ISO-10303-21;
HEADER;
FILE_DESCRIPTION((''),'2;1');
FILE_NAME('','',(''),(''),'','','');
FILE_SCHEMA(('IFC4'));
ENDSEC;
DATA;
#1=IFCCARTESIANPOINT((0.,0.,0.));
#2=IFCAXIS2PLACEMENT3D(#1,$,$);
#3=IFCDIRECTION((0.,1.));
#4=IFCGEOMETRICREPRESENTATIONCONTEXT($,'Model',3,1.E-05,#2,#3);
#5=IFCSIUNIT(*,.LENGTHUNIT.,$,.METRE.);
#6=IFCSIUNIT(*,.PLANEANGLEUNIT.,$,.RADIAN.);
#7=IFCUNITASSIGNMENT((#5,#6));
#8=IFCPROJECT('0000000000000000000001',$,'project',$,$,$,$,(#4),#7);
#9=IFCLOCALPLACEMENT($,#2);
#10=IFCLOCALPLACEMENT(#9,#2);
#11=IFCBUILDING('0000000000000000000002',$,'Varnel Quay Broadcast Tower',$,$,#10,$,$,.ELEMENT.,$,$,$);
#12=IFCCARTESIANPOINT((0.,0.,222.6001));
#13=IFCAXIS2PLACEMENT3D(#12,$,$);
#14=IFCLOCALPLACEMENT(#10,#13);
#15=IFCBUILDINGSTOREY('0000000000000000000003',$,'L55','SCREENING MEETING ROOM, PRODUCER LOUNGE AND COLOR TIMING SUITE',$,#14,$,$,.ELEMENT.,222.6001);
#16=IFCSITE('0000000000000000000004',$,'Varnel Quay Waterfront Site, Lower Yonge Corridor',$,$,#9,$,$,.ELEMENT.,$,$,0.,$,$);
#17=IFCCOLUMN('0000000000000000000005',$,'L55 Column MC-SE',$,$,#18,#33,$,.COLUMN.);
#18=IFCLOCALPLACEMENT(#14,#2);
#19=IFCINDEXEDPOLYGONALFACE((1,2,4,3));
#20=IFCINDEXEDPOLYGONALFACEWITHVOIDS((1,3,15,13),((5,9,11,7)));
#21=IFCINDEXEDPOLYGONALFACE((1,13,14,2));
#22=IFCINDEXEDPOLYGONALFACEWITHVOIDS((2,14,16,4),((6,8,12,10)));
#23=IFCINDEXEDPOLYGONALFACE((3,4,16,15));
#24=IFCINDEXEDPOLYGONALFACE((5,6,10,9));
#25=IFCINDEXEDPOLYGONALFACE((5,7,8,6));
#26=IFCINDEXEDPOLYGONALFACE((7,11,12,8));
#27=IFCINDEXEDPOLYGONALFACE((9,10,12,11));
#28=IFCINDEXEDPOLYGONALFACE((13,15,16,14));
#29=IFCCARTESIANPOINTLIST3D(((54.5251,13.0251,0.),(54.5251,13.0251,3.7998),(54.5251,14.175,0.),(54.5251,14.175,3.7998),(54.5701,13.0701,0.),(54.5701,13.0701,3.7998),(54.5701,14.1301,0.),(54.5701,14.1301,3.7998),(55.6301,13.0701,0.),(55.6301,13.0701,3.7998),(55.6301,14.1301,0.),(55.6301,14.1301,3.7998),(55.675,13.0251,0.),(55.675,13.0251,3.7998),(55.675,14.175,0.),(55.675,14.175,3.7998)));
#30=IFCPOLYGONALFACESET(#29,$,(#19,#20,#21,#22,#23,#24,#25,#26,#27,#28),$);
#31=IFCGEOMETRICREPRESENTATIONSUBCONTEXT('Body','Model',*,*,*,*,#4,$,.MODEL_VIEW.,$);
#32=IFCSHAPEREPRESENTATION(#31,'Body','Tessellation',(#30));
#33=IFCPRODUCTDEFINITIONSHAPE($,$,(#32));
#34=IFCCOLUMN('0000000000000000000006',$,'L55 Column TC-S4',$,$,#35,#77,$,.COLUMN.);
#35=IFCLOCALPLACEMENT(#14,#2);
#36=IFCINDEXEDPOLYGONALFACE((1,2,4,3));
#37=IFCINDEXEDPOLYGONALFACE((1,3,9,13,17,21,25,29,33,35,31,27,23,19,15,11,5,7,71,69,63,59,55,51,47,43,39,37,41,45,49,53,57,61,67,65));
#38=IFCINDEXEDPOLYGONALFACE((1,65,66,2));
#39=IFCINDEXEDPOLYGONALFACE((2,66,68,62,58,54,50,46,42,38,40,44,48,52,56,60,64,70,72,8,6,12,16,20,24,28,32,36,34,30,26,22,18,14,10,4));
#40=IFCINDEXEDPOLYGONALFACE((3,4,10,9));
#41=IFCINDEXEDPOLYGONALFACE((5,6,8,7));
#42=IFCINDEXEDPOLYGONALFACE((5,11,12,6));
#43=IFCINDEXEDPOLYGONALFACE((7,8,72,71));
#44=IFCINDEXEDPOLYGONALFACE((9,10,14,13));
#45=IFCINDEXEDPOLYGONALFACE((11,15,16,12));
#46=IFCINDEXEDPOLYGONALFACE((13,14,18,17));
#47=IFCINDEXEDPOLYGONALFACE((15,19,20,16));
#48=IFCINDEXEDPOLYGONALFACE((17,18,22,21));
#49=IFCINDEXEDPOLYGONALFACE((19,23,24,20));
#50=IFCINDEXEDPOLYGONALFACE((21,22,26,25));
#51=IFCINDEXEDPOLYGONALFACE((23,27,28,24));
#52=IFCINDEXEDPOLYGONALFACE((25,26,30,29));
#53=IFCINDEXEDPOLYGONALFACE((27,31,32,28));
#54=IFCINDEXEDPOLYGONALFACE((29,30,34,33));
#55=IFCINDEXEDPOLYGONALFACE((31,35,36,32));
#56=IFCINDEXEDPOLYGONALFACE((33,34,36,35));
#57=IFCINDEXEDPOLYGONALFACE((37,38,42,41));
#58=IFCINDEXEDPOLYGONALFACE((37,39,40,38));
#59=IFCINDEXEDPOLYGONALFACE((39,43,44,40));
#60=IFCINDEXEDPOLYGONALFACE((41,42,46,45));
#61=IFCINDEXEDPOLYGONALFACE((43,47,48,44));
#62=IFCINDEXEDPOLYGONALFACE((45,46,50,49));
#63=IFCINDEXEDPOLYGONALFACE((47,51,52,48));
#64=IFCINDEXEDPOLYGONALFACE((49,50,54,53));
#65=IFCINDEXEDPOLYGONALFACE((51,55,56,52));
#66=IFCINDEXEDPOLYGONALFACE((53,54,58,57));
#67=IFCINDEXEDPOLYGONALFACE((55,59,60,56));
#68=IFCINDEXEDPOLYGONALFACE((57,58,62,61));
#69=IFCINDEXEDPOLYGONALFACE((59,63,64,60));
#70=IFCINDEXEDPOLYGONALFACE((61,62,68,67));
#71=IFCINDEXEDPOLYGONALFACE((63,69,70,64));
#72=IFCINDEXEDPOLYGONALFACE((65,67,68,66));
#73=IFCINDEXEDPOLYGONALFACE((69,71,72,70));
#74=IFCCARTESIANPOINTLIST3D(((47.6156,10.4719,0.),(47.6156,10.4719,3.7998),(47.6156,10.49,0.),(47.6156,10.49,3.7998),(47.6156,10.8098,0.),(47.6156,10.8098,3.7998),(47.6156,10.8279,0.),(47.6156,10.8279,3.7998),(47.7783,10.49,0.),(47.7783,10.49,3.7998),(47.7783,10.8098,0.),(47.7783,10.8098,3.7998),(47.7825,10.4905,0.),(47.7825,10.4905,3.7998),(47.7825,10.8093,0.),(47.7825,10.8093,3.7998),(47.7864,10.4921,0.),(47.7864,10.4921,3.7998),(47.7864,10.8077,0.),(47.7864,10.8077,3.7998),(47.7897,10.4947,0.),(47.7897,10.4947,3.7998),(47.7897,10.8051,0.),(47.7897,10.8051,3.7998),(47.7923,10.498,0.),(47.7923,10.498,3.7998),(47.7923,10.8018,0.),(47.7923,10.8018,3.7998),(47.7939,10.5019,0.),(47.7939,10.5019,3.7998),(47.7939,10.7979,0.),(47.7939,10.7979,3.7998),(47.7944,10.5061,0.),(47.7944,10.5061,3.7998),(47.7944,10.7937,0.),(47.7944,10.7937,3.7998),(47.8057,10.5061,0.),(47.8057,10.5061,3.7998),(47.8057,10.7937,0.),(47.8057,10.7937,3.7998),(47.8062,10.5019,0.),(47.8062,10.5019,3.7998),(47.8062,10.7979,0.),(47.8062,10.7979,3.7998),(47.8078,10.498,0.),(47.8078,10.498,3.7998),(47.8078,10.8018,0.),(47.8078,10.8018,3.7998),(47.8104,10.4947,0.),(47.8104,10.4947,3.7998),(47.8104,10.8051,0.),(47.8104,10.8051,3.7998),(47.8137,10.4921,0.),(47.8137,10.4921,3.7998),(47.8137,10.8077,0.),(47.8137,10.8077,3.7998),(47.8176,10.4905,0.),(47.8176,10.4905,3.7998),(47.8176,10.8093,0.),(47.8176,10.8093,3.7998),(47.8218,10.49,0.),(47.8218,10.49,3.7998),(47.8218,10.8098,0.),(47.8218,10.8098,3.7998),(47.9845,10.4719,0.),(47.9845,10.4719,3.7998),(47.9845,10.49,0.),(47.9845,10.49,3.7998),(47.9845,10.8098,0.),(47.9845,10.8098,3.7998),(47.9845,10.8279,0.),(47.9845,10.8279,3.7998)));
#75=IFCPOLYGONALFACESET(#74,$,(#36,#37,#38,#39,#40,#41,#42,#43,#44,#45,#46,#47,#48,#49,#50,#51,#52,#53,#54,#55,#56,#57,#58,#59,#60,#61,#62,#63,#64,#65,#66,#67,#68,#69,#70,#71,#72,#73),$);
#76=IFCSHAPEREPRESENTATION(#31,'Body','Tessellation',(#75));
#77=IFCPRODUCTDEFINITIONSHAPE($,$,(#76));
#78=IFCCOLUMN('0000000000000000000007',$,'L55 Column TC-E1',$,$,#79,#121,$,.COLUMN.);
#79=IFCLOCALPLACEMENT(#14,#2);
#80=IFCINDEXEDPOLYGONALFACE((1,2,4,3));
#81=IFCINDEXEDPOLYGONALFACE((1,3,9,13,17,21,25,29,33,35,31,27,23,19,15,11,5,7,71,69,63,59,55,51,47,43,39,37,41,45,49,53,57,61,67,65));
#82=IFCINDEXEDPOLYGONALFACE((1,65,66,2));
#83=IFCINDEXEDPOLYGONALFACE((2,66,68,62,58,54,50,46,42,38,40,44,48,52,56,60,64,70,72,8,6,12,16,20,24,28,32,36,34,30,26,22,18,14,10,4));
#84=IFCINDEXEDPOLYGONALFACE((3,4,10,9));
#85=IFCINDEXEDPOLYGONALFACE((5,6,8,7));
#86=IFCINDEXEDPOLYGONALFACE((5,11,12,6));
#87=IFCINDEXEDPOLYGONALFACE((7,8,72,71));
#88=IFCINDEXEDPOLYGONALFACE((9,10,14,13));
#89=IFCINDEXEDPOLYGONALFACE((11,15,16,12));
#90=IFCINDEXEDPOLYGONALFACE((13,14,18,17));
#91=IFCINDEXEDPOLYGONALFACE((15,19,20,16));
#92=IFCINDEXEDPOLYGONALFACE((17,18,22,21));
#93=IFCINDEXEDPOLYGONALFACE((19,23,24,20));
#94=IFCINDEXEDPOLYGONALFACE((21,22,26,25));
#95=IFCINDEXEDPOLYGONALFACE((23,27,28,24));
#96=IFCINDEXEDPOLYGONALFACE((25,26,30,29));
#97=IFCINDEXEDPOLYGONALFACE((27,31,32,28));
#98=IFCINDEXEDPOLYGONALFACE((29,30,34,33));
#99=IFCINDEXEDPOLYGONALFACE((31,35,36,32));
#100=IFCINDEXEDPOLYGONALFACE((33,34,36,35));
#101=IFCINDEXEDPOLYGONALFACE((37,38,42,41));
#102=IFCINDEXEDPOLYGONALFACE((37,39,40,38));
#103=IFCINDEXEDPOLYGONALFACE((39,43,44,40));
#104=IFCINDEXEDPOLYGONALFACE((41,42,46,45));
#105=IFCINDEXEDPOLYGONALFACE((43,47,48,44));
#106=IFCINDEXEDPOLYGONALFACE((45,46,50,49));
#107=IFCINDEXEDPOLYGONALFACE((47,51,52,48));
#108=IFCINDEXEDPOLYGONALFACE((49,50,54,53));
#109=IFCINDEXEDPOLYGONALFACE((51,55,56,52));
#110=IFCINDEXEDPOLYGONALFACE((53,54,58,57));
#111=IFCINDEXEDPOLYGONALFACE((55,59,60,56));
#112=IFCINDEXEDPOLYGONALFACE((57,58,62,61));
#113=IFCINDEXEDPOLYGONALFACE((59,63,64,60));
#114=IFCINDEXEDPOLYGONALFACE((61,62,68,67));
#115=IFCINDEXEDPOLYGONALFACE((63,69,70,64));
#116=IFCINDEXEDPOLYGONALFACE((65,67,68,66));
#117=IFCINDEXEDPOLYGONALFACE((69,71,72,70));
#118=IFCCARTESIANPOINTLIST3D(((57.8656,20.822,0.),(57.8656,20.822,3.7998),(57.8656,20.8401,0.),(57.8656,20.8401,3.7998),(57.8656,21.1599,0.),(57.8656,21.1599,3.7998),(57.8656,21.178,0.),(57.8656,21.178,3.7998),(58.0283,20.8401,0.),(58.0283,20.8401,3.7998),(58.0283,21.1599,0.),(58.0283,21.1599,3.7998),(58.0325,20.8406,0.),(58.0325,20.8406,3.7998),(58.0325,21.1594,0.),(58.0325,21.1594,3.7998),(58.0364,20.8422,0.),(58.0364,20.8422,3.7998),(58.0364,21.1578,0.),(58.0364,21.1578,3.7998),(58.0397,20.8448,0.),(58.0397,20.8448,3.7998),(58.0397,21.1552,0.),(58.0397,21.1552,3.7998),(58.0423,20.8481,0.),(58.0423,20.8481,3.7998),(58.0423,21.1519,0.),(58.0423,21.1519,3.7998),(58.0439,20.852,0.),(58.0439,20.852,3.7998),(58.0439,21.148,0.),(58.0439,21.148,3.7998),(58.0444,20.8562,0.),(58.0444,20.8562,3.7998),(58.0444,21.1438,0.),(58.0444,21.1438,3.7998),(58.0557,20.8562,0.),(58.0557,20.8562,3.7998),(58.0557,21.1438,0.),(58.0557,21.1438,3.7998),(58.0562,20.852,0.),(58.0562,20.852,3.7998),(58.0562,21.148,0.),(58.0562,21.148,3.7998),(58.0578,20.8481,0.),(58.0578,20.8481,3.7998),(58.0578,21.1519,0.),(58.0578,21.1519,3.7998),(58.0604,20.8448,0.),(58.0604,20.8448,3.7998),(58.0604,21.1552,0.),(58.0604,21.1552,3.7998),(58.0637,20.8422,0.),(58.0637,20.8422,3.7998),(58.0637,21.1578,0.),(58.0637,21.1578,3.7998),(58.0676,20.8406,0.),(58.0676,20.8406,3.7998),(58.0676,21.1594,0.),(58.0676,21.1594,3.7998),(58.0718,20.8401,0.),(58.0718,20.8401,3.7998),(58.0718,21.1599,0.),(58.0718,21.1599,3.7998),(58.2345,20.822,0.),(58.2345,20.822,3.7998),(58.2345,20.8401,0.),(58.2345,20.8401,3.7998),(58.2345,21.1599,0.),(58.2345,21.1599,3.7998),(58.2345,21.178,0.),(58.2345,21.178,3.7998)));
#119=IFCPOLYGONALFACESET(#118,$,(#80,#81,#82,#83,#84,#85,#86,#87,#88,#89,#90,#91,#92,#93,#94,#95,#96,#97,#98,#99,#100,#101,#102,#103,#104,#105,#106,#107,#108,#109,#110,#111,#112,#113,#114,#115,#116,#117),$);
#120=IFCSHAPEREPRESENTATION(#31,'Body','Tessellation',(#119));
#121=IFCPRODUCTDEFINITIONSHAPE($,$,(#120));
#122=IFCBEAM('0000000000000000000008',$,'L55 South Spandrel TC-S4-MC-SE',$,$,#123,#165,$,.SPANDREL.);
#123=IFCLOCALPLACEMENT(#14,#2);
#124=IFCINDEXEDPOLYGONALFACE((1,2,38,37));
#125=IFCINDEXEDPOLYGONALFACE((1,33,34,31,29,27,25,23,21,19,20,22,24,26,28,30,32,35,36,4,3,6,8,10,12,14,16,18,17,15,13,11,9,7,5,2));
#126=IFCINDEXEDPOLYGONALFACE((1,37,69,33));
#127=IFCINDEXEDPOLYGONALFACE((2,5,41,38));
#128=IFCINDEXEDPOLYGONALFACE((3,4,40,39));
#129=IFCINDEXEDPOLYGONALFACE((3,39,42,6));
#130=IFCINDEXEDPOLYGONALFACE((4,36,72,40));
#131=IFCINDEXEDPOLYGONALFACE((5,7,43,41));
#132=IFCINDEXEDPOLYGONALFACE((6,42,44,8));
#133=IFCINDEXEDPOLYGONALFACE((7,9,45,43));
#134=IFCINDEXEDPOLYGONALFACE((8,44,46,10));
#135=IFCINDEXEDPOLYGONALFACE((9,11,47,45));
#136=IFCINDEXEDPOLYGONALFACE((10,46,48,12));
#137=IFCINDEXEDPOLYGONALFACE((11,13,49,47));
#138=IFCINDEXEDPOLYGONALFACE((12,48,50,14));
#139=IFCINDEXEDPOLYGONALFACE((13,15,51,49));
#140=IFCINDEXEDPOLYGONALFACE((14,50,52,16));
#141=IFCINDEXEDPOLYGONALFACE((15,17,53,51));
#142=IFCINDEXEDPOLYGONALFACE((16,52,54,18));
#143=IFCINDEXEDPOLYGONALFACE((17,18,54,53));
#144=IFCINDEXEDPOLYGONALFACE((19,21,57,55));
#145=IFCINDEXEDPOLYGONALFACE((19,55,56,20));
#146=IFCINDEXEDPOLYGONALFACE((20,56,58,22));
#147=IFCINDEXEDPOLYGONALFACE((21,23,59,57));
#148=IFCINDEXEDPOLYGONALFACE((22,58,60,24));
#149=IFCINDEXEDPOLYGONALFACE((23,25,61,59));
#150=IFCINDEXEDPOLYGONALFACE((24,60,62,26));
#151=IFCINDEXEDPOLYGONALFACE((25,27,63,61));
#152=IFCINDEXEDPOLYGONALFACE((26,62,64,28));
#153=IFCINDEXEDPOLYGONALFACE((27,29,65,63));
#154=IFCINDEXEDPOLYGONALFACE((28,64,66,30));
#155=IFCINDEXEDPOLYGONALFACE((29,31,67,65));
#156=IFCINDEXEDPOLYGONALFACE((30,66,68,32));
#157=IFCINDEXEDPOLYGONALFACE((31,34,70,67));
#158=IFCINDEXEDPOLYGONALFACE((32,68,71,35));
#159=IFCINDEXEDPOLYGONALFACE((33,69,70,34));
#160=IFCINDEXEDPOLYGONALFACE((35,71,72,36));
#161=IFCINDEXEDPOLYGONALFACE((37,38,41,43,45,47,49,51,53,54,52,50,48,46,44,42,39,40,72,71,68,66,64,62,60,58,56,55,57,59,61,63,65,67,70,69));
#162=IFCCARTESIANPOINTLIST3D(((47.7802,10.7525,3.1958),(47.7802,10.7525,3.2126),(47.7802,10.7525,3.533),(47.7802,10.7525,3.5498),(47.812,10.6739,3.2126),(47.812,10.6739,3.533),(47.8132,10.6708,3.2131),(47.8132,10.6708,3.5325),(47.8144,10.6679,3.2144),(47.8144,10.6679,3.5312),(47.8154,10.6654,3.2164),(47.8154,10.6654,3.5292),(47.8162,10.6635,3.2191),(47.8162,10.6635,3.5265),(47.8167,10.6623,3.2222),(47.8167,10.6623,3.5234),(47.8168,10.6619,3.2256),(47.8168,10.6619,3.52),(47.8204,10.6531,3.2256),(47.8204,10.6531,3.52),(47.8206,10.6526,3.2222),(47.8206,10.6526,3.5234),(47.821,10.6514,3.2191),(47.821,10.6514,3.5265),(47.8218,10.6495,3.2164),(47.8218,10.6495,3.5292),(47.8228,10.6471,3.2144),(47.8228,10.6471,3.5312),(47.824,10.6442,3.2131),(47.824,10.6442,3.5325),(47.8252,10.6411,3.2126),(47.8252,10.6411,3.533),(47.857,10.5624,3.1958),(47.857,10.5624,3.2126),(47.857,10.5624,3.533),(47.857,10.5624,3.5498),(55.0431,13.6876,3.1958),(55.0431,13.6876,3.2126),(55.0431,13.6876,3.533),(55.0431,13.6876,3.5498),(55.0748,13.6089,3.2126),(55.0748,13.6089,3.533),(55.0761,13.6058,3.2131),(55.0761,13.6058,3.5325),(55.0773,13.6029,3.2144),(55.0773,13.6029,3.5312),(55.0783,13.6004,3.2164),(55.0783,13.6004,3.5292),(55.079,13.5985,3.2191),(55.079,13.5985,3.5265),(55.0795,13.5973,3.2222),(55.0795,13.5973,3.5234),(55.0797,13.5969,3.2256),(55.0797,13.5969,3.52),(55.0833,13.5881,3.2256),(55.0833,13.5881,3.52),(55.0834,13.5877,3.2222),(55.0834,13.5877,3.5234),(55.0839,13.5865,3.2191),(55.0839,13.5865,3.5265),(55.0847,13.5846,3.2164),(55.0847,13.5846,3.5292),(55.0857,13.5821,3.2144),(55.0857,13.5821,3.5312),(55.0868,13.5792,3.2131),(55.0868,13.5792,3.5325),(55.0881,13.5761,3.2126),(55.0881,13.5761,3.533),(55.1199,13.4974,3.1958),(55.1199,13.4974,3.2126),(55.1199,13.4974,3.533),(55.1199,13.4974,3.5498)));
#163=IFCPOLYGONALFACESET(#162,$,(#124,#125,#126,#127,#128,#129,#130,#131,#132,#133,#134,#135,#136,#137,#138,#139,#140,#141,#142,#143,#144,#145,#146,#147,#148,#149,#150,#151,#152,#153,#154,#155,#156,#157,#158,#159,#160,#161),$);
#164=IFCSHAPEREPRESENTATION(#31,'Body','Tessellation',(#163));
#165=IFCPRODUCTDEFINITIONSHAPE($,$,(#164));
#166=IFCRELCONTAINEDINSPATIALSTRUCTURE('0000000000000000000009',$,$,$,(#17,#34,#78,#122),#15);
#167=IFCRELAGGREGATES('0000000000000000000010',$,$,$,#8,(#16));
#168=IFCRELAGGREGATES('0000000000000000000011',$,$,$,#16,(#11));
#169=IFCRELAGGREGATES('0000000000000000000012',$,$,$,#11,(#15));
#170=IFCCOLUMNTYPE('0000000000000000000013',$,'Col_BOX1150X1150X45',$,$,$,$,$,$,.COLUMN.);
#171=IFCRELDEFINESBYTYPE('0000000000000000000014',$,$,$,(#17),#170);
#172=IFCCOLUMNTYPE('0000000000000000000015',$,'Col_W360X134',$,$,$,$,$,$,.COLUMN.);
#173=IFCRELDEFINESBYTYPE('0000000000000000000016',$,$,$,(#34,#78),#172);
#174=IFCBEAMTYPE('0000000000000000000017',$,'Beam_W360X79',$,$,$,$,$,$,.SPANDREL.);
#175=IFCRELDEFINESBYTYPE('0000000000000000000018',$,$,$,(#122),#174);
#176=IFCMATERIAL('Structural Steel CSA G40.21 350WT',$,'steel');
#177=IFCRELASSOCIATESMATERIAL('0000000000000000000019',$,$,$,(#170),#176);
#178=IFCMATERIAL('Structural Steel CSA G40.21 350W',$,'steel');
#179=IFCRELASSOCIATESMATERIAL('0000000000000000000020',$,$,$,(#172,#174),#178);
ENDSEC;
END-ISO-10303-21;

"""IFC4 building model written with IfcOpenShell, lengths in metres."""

from ifc_helpers import new_model, si_unit, direction, frame, origin, origin_2d, place, context, subcontext, project, spatial, hollow_rectangle, i_section, extrude, source, transform, mapped, material, material_profile, profile_set, type_object, type_shapes, element, save


model = new_model("IFC4")

# Units and contexts
model_context = context("Model", 3, precision=1e-05, world=origin(), true_north=direction((0.0, 1.0)))
body_context = subcontext(model_context, "Body", "Model", "MODEL_VIEW")
ifc_project = project(units=[si_unit("LENGTHUNIT", "METRE"), si_unit("PLANEANGLEUNIT", "RADIAN")], contexts=[model_context])

# Site, building, storey
site_placement = place(None, origin())
site = spatial("IfcSite", under=ifc_project, at=site_placement, Name="Varnel Quay Waterfront Site, Lower Yonge Corridor", CompositionType="ELEMENT", RefElevation=0.0)
building_placement = place(site_placement, origin())
building = spatial("IfcBuilding", under=site, at=building_placement, Name="Varnel Quay Broadcast Tower", CompositionType="ELEMENT")
storey_placement = place(building_placement, frame((0.0, 0.0, 222.6001)))
storey = spatial("IfcBuildingStorey", under=building, at=storey_placement, Name="L55", Description="SCREENING MEETING ROOM, PRODUCER LOUNGE AND COLOR TIMING SUITE", CompositionType="ELEMENT", Elevation=222.6001)

# Columns
ifc_material_1 = material(Name="Structural Steel CSA G40.21 350WT", Category="steel")
ifc_material_profile_1 = material_profile(ifc_material_1, hollow_rectangle(XDim=1.1499, YDim=1.1499, WallThickness=0.0449, at=origin_2d()), Name="BOX1150X1150X45")
ifc_profile_set_1 = profile_set([ifc_material_profile_1], Name="Structural Steel CSA G40.21 350WT")
column_type_1 = type_object("IfcColumnType", Name="Col_BOX1150X1150X45", PredefinedType="COLUMN", material=ifc_profile_set_1)
shared_shape_1 = source(origin(), body_context, "Body", "SweptSolid", [
    extrude(hollow_rectangle(XDim=1.1499, YDim=1.1499, WallThickness=0.0449, at=origin_2d()), origin(), (0.0, 0.0, 1.0), 3.7998),
])
type_shapes(column_type_1, [shared_shape_1])
column_placement = place(storey_placement, frame((55.1001, 13.6001, 0.0), z_axis=(0.0, 0.0, 1.0), x_axis=(1.0, 0.0, 0.0)))
element("IfcColumn", 1, at=column_placement, inside=storey, type_object=column_type_1, Name="L55 Column MC-SE", PredefinedType="COLUMN", context=body_context, shape_type="MappedRepresentation", body=[
    mapped(shared_shape_1, transform((0.0, 0.0, 0.0), x_axis=(1.0, 0.0, 0.0), y_axis=(0.0, 1.0, 0.0), z_axis=(0.0, 0.0, 1.0), scale=1.0)),
])
ifc_material_2 = material(Name="Structural Steel CSA G40.21 350W", Category="steel")
ifc_material_profile_2 = material_profile(ifc_material_2, i_section(OverallWidth=0.3689, OverallDepth=0.356, WebThickness=0.0112, FlangeThickness=0.0181, FilletRadius=0.0161, at=origin_2d()), Name="W360X134")
ifc_profile_set_2 = profile_set([ifc_material_profile_2], Name="Structural Steel CSA G40.21 350W")
column_type_2 = type_object("IfcColumnType", Name="Col_W360X134", PredefinedType="COLUMN", material=ifc_profile_set_2)
shared_shape_2 = source(origin(), body_context, "Body", "SweptSolid", [
    extrude(i_section(OverallWidth=0.3689, OverallDepth=0.356, WebThickness=0.0112, FlangeThickness=0.0181, FilletRadius=0.0161, at=origin_2d()), origin(), (0.0, 0.0, 1.0), 3.7998),
])
type_shapes(column_type_2, [shared_shape_2])
for number, where, z_axis, x_axis, name in (
    (2, (47.8, 10.6499, 0.0), (0.0, 0.0, 1.0), (1.0, 0.0, 0.0), "L55 Column TC-S4"),
    (3, (58.05, 21.0, 0.0), (0.0, 0.0, 1.0), (1.0, 0.0, 0.0), "L55 Column TC-E1"),
):
    element("IfcColumn", number, at=place(storey_placement, frame(where, z_axis=z_axis, x_axis=x_axis)), inside=storey, type_object=column_type_2, Name=name, PredefinedType="COLUMN", context=body_context, shape_type="MappedRepresentation", body=[
        mapped(shared_shape_2, transform((0.0, 0.0, 0.0), x_axis=(1.0, 0.0, 0.0), y_axis=(0.0, 1.0, 0.0), z_axis=(0.0, 0.0, 1.0), scale=1.0)),
    ])

# Beam
ifc_material_profile_3 = material_profile(ifc_material_2, i_section(OverallWidth=0.2051, OverallDepth=0.354, WebThickness=0.0095, FlangeThickness=0.0168, FilletRadius=0.0129, at=origin_2d()), Name="W360X79")
ifc_profile_set_3 = profile_set([ifc_material_profile_3], Name="Structural Steel CSA G40.21 350W")
beam_type_1 = type_object("IfcBeamType", Name="Beam_W360X79", PredefinedType="SPANDREL", material=ifc_profile_set_3)
shared_shape_3 = source(origin(), body_context, "Body", "SweptSolid", [
    extrude(i_section(OverallWidth=0.2051, OverallDepth=0.354, WebThickness=0.0095, FlangeThickness=0.0168, FilletRadius=0.0129, at=origin_2d()), origin(), (0.0, 0.0, 1.0), 7.8335),
])
beam_1_placement = place(storey_placement, frame((47.8186, 10.6575, 3.3728), z_axis=(0.927155, 0.374677, 0.0), x_axis=(-0.374677, 0.927155, 0.0)))
element("IfcBeam", 4, at=beam_1_placement, inside=storey, type_object=beam_type_1, Name="L55 South Spandrel TC-S4-MC-SE", PredefinedType="SPANDREL", context=body_context, shape_type="MappedRepresentation", body=[
    mapped(shared_shape_3, transform((0.0, 0.0, 0.0), x_axis=(1.0, 0.0, 0.0), y_axis=(0.0, 1.0, 0.0), z_axis=(0.0, 0.0, 1.0), scale=1.0)),
])

save(model, "model.ifc")
